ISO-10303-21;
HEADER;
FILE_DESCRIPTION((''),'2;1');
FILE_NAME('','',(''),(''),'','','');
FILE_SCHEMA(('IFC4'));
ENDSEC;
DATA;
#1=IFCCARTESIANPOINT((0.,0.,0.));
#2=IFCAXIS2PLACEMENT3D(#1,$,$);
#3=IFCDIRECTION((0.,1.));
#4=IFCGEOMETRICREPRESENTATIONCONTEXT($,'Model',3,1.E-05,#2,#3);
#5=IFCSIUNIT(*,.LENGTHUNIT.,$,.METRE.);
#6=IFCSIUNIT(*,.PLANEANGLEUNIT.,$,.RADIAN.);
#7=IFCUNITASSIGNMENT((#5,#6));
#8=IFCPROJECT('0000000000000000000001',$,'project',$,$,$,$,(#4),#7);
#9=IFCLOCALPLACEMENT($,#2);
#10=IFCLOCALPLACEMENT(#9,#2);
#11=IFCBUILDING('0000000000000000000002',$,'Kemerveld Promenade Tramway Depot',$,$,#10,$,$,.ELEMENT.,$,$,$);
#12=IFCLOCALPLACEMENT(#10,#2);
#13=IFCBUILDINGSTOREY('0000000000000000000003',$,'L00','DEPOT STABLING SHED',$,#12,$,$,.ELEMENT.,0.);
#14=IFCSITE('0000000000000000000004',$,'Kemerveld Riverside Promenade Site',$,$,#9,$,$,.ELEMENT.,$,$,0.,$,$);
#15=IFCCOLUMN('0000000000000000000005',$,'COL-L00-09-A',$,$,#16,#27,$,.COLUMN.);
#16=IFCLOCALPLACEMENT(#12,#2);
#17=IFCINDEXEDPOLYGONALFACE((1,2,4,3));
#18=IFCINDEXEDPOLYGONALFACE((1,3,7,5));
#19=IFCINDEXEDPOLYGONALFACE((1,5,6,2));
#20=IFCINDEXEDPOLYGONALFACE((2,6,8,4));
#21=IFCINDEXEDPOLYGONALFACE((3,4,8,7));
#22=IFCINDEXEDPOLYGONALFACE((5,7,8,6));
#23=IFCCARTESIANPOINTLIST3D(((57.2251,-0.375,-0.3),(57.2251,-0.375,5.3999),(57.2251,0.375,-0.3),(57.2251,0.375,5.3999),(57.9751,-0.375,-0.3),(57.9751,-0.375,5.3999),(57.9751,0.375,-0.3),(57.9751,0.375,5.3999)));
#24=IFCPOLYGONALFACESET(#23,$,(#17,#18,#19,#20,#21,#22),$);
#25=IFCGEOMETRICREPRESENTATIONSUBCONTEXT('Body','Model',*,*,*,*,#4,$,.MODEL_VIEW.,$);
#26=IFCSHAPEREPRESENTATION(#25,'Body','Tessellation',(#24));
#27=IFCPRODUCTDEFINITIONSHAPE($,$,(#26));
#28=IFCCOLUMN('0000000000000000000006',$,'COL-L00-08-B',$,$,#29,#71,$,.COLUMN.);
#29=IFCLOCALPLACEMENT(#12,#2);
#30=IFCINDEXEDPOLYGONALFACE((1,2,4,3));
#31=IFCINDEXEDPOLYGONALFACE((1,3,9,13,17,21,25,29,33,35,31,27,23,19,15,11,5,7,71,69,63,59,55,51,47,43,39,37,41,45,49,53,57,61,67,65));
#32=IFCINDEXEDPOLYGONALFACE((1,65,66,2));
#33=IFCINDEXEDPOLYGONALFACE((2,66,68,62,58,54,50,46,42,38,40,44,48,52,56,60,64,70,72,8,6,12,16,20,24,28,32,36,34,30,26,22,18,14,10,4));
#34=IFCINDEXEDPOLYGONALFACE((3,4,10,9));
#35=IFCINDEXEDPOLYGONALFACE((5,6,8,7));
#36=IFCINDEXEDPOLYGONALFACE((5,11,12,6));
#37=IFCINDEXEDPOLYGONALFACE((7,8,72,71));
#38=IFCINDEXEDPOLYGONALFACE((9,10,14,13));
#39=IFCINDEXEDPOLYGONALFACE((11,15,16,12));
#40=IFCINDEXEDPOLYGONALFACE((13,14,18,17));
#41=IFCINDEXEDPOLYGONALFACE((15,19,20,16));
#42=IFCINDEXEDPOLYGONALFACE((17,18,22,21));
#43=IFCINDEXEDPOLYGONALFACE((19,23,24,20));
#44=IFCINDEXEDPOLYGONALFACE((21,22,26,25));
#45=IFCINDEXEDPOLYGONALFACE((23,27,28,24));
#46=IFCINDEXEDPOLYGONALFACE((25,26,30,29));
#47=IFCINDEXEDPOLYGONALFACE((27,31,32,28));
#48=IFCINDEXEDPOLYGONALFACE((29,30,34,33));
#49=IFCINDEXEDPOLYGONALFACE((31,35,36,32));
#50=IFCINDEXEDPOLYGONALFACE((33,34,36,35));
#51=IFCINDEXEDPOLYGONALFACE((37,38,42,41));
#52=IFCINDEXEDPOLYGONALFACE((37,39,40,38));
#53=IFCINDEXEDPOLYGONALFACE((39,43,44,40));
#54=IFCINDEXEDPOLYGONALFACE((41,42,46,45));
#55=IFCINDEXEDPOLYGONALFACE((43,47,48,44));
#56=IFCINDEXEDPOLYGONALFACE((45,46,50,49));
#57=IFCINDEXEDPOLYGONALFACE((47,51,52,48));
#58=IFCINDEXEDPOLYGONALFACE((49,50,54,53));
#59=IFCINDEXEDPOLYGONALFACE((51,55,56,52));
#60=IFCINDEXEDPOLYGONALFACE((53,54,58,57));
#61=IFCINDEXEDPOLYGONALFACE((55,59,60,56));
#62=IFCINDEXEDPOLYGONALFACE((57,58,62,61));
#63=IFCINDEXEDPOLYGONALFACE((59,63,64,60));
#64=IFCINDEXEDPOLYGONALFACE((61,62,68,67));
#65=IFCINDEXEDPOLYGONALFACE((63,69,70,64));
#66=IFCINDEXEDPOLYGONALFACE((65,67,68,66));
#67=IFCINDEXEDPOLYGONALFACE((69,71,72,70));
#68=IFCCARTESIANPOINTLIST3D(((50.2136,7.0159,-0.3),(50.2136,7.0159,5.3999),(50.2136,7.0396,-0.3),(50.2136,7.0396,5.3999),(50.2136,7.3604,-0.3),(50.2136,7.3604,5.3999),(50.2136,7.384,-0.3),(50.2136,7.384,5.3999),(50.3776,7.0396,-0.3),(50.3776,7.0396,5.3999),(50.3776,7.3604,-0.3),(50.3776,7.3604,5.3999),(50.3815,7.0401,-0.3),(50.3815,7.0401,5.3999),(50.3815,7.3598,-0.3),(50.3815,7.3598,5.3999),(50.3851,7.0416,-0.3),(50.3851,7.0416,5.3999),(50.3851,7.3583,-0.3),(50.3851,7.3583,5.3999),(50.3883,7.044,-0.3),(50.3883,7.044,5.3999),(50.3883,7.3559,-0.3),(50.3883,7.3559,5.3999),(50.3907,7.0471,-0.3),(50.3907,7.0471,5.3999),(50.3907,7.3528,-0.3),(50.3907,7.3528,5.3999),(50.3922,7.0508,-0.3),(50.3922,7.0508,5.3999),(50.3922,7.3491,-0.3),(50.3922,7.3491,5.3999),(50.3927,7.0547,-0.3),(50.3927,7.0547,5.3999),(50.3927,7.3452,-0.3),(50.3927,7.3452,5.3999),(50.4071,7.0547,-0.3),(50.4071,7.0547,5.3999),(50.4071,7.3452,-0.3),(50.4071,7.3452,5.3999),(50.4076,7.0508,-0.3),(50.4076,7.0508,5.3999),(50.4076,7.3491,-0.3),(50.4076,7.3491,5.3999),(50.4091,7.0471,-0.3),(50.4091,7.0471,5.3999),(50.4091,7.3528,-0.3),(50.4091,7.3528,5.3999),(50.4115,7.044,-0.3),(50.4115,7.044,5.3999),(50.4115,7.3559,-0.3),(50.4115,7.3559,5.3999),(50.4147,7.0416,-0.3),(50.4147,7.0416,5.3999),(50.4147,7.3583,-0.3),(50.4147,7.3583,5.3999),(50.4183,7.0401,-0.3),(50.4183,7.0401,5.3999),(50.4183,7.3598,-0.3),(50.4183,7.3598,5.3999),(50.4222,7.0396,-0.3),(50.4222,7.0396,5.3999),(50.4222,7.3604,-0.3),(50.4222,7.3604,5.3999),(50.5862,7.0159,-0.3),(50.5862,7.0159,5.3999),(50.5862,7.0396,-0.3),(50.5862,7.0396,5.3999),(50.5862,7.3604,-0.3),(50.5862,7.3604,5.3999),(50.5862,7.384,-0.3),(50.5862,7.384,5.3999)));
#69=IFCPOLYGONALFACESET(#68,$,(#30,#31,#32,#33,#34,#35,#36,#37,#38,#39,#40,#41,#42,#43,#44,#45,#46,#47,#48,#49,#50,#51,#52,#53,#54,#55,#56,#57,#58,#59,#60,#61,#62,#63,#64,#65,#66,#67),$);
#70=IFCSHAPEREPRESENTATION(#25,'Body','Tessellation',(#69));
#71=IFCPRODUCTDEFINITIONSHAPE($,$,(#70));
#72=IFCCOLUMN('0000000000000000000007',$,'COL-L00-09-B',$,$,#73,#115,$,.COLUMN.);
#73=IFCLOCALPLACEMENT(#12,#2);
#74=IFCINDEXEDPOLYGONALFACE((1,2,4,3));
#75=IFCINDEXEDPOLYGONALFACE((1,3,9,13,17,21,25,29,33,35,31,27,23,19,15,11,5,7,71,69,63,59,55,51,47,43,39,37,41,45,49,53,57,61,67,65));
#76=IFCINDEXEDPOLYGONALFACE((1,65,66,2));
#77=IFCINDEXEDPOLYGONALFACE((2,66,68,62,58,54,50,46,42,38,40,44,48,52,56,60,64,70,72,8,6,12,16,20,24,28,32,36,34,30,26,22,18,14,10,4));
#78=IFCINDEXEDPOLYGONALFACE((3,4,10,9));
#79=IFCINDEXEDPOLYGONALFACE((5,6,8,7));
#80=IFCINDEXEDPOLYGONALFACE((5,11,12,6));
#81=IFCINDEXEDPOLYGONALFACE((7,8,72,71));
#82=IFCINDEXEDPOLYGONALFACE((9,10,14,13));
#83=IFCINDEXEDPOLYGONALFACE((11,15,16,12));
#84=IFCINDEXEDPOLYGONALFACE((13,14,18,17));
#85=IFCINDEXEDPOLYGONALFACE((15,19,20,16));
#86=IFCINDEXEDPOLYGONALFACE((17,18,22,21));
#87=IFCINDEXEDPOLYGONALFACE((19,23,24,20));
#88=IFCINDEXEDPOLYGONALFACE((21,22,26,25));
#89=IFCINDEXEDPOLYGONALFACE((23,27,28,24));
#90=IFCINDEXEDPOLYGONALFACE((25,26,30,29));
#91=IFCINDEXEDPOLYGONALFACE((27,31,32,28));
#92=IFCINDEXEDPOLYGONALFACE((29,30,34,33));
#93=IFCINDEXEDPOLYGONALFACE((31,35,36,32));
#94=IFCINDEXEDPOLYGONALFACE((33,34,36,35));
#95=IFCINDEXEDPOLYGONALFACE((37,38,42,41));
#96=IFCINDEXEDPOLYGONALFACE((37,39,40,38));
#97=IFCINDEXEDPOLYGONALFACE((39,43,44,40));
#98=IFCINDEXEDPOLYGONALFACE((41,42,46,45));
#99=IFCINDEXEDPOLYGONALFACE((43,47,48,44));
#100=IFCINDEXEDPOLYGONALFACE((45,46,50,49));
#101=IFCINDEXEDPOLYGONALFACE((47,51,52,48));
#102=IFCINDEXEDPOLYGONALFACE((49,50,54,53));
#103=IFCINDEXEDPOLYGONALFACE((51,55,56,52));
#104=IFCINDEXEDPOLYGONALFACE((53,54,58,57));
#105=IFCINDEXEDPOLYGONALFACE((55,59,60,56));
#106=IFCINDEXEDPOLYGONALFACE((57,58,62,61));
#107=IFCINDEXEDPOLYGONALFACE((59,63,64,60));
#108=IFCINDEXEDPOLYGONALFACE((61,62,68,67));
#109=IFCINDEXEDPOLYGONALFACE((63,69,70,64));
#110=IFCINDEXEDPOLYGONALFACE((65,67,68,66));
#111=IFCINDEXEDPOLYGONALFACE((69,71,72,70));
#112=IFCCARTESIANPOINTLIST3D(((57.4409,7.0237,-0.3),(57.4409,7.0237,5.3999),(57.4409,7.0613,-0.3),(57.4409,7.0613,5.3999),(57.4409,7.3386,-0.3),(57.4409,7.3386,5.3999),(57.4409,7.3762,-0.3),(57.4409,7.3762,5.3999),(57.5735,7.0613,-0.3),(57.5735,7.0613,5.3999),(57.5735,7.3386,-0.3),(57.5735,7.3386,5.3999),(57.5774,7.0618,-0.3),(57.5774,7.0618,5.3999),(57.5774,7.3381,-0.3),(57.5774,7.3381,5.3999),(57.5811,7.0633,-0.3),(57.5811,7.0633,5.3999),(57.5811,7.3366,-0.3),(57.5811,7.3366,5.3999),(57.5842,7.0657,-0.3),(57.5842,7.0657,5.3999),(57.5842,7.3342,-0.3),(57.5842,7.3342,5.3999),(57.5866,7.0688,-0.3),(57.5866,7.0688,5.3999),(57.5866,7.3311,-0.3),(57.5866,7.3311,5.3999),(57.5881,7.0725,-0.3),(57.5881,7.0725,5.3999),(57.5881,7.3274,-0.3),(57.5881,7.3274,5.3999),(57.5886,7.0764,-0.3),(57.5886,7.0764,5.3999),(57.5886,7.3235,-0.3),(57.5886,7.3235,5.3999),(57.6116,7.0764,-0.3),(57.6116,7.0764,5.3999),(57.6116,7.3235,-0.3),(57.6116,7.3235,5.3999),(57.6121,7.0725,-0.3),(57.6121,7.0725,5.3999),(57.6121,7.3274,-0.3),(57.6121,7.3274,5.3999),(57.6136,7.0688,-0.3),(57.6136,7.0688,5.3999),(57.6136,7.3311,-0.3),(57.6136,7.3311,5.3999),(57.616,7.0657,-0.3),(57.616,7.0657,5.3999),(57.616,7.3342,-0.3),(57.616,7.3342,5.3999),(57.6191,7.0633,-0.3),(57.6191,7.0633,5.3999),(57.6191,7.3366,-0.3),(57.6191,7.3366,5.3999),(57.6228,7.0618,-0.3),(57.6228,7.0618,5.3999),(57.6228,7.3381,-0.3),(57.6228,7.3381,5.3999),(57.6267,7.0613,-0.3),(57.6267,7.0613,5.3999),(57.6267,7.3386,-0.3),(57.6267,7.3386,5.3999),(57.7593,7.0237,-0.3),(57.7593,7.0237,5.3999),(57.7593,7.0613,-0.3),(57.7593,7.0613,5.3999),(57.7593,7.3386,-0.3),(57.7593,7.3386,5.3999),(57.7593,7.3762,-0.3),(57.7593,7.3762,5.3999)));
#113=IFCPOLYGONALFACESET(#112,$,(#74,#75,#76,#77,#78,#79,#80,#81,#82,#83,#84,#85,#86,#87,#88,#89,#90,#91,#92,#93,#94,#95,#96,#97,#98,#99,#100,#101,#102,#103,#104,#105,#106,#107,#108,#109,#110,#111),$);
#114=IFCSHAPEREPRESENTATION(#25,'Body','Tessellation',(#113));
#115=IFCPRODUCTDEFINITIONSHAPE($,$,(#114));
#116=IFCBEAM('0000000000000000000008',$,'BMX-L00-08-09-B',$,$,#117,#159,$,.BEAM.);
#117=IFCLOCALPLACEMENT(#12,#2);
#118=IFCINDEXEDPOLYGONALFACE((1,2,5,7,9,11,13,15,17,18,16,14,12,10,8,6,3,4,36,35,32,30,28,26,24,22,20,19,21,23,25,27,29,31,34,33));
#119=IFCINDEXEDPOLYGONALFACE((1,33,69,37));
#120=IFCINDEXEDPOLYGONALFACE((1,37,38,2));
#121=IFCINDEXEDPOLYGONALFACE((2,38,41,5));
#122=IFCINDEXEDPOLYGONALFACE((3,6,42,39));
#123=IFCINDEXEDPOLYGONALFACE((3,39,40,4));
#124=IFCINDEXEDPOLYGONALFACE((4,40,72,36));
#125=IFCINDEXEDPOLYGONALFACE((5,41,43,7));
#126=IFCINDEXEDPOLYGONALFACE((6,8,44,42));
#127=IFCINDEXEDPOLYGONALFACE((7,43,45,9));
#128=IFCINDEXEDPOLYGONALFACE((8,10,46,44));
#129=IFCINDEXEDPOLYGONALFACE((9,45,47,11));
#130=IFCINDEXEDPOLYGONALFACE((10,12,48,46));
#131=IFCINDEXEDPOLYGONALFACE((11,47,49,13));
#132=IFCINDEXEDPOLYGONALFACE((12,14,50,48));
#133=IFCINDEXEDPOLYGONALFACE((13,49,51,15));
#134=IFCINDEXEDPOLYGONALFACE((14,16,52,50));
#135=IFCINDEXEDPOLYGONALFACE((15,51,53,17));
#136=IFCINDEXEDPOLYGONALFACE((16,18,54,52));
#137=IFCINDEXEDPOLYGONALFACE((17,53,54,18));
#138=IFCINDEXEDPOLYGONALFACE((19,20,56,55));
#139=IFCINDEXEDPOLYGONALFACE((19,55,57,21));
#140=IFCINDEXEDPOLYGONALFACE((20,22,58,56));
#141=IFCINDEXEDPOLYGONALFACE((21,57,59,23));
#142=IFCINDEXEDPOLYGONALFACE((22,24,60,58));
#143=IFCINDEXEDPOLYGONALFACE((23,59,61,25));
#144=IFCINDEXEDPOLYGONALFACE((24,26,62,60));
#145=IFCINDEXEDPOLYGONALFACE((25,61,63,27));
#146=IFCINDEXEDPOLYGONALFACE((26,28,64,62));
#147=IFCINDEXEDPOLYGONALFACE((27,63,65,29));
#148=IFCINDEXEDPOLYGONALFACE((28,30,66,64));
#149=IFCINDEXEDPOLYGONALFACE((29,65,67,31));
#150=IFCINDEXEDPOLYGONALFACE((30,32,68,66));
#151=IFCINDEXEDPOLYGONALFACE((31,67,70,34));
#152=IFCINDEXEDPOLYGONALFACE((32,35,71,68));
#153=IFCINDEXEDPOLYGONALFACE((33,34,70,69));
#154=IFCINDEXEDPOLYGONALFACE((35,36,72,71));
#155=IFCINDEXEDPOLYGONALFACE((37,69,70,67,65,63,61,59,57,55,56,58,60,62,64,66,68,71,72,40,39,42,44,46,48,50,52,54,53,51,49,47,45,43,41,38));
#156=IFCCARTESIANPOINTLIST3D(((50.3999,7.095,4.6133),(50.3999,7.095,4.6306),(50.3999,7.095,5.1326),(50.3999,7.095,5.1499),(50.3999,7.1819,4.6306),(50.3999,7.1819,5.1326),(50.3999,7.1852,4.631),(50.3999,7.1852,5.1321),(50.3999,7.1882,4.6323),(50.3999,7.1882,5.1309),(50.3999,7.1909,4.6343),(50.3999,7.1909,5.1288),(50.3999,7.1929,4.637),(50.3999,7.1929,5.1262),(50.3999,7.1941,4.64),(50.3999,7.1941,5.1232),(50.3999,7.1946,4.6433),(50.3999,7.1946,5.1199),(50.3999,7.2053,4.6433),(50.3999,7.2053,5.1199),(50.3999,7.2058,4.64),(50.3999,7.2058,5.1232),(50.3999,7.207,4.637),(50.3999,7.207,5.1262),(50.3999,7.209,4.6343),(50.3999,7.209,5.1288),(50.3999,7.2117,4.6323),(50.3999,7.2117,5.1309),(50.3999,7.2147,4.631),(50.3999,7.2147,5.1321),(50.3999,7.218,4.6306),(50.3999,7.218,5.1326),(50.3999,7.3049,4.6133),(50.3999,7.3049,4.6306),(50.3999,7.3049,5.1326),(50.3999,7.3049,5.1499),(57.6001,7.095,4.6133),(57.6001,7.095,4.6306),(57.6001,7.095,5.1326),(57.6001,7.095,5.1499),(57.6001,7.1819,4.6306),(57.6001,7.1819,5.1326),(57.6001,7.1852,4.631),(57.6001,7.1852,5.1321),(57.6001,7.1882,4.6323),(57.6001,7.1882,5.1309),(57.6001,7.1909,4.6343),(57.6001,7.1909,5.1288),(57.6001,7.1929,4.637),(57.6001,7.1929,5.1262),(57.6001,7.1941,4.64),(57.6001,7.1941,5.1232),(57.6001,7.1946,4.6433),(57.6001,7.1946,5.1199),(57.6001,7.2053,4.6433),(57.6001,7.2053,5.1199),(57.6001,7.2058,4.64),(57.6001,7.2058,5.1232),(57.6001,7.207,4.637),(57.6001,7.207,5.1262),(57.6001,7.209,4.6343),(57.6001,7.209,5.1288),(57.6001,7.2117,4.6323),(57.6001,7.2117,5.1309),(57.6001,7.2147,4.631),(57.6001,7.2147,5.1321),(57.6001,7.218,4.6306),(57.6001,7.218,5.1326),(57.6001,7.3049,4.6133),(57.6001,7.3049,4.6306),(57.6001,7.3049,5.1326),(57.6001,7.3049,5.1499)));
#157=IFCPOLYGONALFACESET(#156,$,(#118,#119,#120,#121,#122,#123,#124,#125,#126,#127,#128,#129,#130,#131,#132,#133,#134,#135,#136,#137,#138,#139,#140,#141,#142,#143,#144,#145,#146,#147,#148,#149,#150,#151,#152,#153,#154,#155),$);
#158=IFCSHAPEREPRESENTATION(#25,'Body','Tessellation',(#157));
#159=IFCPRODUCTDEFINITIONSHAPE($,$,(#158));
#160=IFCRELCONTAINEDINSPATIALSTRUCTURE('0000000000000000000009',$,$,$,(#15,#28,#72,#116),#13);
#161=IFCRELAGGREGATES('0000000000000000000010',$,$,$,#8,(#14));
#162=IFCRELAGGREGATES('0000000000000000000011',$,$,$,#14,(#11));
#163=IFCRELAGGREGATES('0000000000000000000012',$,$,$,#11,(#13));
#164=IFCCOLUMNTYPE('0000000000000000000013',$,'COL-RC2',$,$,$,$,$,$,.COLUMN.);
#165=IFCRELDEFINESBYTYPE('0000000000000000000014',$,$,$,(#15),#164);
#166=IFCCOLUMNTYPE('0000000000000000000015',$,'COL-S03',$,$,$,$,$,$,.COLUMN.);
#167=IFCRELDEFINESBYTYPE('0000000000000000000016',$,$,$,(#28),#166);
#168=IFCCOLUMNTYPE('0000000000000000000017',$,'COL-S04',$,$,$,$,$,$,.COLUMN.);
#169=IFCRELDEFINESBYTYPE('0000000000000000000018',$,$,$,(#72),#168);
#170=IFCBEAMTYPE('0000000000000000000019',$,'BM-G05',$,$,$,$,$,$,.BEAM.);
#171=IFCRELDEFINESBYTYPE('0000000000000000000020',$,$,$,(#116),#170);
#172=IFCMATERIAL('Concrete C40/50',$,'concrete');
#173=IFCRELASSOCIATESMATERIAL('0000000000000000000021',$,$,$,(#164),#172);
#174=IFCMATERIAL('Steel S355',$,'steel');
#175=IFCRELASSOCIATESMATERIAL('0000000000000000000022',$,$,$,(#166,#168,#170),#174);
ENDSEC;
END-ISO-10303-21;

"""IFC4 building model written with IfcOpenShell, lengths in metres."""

from ifc_helpers import new_model, si_unit, direction, frame, origin, origin_2d, place, context, subcontext, project, spatial, rectangle, i_section, extrude, material, material_profile, profile_set, type_object, element, save


model = new_model("IFC4")

# Units and contexts
model_context = context("Model", 3, precision=1e-05, world=origin(), true_north=direction((0.0, 1.0)))
body_context = subcontext(model_context, "Body", "Model", "MODEL_VIEW")
ifc_project = project(units=[si_unit("LENGTHUNIT", "METRE"), si_unit("PLANEANGLEUNIT", "RADIAN")], contexts=[model_context])

# Site, building, storey
site_placement = place(None, origin())
site = spatial("IfcSite", under=ifc_project, at=site_placement, Name="Kemerveld Riverside Promenade Site", CompositionType="ELEMENT", RefElevation=0.0)
building_placement = place(site_placement, origin())
building = spatial("IfcBuilding", under=site, at=building_placement, Name="Kemerveld Promenade Tramway Depot", CompositionType="ELEMENT")
storey_placement = place(building_placement, origin())
storey = spatial("IfcBuildingStorey", under=building, at=storey_placement, Name="L00", Description="DEPOT STABLING SHED", CompositionType="ELEMENT", Elevation=0.0)

# Columns
ifc_material_1 = material(Name="Concrete C40/50", Category="concrete")
ifc_material_profile_1 = material_profile(ifc_material_1, rectangle(XDim=0.75, YDim=0.75, at=origin_2d()), Name="RC-COL-750x750")
ifc_profile_set_1 = profile_set([ifc_material_profile_1], Name="Concrete C40/50")
column_type_1 = type_object("IfcColumnType", Name="COL-RC2", PredefinedType="COLUMN", material=ifc_profile_set_1)
column_1_placement = place(storey_placement, frame((57.6001, 0.0, -0.3), z_axis=(0.0, 0.0, 1.0), x_axis=(1.0, 0.0, 0.0)))
element("IfcColumn", 1, at=column_1_placement, inside=storey, type_object=column_type_1, Name="COL-L00-09-A", PredefinedType="COLUMN", context=body_context, shape_type="SweptSolid", body=[
    extrude(rectangle(XDim=0.75, YDim=0.75, at=origin_2d()), origin(), (0.0, 0.0, 1.0), 5.7),
])
ifc_material_2 = material(Name="Steel S355", Category="steel")
ifc_material_profile_2 = material_profile(ifc_material_2, i_section(OverallWidth=0.3726, OverallDepth=0.3682, WebThickness=0.0144, FlangeThickness=0.0237, FilletRadius=0.0151, at=origin_2d()), Name="356x368x177 UC")
ifc_profile_set_2 = profile_set([ifc_material_profile_2], Name="Steel S355")
column_type_2 = type_object("IfcColumnType", Name="COL-S03", PredefinedType="COLUMN", material=ifc_profile_set_2)
column_2_placement = place(storey_placement, frame((50.3999, 7.2, -0.3), z_axis=(0.0, 0.0, 1.0), x_axis=(1.0, 0.0, 0.0)))
element("IfcColumn", 2, at=column_2_placement, inside=storey, type_object=column_type_2, Name="COL-L00-08-B", PredefinedType="COLUMN", context=body_context, shape_type="SweptSolid", body=[
    extrude(i_section(OverallWidth=0.3726, OverallDepth=0.3682, WebThickness=0.0144, FlangeThickness=0.0237, FilletRadius=0.0151, at=origin_2d()), origin(), (0.0, 0.0, 1.0), 5.7),
])
ifc_material_profile_3 = material_profile(ifc_material_2, i_section(OverallWidth=0.3184, OverallDepth=0.3525, WebThickness=0.0229, FlangeThickness=0.0376, FilletRadius=0.0151, at=origin_2d()), Name="305x305x240 UC")
ifc_profile_set_3 = profile_set([ifc_material_profile_3], Name="Steel S355")
column_type_3 = type_object("IfcColumnType", Name="COL-S04", PredefinedType="COLUMN", material=ifc_profile_set_3)
column_3_placement = place(storey_placement, frame((57.6001, 7.2, -0.3), z_axis=(0.0, 0.0, 1.0), x_axis=(1.0, 0.0, 0.0)))
element("IfcColumn", 3, at=column_3_placement, inside=storey, type_object=column_type_3, Name="COL-L00-09-B", PredefinedType="COLUMN", context=body_context, shape_type="SweptSolid", body=[
    extrude(i_section(OverallWidth=0.3184, OverallDepth=0.3525, WebThickness=0.0229, FlangeThickness=0.0376, FilletRadius=0.0151, at=origin_2d()), origin(), (0.0, 0.0, 1.0), 5.7),
])

# Beam
ifc_material_profile_4 = material_profile(ifc_material_2, i_section(OverallWidth=0.21, OverallDepth=0.5366, WebThickness=0.0107, FlangeThickness=0.0173, FilletRadius=0.0127, at=origin_2d()), Name="533x210x101 UB")
ifc_profile_set_4 = profile_set([ifc_material_profile_4], Name="Steel S355")
beam_type_1 = type_object("IfcBeamType", Name="BM-G05", PredefinedType="BEAM", material=ifc_profile_set_4)
beam_1_placement = place(storey_placement, frame((50.3999, 7.2, 4.8816), z_axis=(1.0, 0.0, 0.0), x_axis=(0.0, 1.0, 0.0)))
element("IfcBeam", 4, at=beam_1_placement, inside=storey, type_object=beam_type_1, Name="BMX-L00-08-09-B", PredefinedType="BEAM", context=body_context, shape_type="SweptSolid", body=[
    extrude(i_section(OverallWidth=0.21, OverallDepth=0.5366, WebThickness=0.0107, FlangeThickness=0.0173, FilletRadius=0.0127, at=origin_2d()), origin(), (0.0, 0.0, 1.0), 7.2002),
])

save(model, "model.ifc")
